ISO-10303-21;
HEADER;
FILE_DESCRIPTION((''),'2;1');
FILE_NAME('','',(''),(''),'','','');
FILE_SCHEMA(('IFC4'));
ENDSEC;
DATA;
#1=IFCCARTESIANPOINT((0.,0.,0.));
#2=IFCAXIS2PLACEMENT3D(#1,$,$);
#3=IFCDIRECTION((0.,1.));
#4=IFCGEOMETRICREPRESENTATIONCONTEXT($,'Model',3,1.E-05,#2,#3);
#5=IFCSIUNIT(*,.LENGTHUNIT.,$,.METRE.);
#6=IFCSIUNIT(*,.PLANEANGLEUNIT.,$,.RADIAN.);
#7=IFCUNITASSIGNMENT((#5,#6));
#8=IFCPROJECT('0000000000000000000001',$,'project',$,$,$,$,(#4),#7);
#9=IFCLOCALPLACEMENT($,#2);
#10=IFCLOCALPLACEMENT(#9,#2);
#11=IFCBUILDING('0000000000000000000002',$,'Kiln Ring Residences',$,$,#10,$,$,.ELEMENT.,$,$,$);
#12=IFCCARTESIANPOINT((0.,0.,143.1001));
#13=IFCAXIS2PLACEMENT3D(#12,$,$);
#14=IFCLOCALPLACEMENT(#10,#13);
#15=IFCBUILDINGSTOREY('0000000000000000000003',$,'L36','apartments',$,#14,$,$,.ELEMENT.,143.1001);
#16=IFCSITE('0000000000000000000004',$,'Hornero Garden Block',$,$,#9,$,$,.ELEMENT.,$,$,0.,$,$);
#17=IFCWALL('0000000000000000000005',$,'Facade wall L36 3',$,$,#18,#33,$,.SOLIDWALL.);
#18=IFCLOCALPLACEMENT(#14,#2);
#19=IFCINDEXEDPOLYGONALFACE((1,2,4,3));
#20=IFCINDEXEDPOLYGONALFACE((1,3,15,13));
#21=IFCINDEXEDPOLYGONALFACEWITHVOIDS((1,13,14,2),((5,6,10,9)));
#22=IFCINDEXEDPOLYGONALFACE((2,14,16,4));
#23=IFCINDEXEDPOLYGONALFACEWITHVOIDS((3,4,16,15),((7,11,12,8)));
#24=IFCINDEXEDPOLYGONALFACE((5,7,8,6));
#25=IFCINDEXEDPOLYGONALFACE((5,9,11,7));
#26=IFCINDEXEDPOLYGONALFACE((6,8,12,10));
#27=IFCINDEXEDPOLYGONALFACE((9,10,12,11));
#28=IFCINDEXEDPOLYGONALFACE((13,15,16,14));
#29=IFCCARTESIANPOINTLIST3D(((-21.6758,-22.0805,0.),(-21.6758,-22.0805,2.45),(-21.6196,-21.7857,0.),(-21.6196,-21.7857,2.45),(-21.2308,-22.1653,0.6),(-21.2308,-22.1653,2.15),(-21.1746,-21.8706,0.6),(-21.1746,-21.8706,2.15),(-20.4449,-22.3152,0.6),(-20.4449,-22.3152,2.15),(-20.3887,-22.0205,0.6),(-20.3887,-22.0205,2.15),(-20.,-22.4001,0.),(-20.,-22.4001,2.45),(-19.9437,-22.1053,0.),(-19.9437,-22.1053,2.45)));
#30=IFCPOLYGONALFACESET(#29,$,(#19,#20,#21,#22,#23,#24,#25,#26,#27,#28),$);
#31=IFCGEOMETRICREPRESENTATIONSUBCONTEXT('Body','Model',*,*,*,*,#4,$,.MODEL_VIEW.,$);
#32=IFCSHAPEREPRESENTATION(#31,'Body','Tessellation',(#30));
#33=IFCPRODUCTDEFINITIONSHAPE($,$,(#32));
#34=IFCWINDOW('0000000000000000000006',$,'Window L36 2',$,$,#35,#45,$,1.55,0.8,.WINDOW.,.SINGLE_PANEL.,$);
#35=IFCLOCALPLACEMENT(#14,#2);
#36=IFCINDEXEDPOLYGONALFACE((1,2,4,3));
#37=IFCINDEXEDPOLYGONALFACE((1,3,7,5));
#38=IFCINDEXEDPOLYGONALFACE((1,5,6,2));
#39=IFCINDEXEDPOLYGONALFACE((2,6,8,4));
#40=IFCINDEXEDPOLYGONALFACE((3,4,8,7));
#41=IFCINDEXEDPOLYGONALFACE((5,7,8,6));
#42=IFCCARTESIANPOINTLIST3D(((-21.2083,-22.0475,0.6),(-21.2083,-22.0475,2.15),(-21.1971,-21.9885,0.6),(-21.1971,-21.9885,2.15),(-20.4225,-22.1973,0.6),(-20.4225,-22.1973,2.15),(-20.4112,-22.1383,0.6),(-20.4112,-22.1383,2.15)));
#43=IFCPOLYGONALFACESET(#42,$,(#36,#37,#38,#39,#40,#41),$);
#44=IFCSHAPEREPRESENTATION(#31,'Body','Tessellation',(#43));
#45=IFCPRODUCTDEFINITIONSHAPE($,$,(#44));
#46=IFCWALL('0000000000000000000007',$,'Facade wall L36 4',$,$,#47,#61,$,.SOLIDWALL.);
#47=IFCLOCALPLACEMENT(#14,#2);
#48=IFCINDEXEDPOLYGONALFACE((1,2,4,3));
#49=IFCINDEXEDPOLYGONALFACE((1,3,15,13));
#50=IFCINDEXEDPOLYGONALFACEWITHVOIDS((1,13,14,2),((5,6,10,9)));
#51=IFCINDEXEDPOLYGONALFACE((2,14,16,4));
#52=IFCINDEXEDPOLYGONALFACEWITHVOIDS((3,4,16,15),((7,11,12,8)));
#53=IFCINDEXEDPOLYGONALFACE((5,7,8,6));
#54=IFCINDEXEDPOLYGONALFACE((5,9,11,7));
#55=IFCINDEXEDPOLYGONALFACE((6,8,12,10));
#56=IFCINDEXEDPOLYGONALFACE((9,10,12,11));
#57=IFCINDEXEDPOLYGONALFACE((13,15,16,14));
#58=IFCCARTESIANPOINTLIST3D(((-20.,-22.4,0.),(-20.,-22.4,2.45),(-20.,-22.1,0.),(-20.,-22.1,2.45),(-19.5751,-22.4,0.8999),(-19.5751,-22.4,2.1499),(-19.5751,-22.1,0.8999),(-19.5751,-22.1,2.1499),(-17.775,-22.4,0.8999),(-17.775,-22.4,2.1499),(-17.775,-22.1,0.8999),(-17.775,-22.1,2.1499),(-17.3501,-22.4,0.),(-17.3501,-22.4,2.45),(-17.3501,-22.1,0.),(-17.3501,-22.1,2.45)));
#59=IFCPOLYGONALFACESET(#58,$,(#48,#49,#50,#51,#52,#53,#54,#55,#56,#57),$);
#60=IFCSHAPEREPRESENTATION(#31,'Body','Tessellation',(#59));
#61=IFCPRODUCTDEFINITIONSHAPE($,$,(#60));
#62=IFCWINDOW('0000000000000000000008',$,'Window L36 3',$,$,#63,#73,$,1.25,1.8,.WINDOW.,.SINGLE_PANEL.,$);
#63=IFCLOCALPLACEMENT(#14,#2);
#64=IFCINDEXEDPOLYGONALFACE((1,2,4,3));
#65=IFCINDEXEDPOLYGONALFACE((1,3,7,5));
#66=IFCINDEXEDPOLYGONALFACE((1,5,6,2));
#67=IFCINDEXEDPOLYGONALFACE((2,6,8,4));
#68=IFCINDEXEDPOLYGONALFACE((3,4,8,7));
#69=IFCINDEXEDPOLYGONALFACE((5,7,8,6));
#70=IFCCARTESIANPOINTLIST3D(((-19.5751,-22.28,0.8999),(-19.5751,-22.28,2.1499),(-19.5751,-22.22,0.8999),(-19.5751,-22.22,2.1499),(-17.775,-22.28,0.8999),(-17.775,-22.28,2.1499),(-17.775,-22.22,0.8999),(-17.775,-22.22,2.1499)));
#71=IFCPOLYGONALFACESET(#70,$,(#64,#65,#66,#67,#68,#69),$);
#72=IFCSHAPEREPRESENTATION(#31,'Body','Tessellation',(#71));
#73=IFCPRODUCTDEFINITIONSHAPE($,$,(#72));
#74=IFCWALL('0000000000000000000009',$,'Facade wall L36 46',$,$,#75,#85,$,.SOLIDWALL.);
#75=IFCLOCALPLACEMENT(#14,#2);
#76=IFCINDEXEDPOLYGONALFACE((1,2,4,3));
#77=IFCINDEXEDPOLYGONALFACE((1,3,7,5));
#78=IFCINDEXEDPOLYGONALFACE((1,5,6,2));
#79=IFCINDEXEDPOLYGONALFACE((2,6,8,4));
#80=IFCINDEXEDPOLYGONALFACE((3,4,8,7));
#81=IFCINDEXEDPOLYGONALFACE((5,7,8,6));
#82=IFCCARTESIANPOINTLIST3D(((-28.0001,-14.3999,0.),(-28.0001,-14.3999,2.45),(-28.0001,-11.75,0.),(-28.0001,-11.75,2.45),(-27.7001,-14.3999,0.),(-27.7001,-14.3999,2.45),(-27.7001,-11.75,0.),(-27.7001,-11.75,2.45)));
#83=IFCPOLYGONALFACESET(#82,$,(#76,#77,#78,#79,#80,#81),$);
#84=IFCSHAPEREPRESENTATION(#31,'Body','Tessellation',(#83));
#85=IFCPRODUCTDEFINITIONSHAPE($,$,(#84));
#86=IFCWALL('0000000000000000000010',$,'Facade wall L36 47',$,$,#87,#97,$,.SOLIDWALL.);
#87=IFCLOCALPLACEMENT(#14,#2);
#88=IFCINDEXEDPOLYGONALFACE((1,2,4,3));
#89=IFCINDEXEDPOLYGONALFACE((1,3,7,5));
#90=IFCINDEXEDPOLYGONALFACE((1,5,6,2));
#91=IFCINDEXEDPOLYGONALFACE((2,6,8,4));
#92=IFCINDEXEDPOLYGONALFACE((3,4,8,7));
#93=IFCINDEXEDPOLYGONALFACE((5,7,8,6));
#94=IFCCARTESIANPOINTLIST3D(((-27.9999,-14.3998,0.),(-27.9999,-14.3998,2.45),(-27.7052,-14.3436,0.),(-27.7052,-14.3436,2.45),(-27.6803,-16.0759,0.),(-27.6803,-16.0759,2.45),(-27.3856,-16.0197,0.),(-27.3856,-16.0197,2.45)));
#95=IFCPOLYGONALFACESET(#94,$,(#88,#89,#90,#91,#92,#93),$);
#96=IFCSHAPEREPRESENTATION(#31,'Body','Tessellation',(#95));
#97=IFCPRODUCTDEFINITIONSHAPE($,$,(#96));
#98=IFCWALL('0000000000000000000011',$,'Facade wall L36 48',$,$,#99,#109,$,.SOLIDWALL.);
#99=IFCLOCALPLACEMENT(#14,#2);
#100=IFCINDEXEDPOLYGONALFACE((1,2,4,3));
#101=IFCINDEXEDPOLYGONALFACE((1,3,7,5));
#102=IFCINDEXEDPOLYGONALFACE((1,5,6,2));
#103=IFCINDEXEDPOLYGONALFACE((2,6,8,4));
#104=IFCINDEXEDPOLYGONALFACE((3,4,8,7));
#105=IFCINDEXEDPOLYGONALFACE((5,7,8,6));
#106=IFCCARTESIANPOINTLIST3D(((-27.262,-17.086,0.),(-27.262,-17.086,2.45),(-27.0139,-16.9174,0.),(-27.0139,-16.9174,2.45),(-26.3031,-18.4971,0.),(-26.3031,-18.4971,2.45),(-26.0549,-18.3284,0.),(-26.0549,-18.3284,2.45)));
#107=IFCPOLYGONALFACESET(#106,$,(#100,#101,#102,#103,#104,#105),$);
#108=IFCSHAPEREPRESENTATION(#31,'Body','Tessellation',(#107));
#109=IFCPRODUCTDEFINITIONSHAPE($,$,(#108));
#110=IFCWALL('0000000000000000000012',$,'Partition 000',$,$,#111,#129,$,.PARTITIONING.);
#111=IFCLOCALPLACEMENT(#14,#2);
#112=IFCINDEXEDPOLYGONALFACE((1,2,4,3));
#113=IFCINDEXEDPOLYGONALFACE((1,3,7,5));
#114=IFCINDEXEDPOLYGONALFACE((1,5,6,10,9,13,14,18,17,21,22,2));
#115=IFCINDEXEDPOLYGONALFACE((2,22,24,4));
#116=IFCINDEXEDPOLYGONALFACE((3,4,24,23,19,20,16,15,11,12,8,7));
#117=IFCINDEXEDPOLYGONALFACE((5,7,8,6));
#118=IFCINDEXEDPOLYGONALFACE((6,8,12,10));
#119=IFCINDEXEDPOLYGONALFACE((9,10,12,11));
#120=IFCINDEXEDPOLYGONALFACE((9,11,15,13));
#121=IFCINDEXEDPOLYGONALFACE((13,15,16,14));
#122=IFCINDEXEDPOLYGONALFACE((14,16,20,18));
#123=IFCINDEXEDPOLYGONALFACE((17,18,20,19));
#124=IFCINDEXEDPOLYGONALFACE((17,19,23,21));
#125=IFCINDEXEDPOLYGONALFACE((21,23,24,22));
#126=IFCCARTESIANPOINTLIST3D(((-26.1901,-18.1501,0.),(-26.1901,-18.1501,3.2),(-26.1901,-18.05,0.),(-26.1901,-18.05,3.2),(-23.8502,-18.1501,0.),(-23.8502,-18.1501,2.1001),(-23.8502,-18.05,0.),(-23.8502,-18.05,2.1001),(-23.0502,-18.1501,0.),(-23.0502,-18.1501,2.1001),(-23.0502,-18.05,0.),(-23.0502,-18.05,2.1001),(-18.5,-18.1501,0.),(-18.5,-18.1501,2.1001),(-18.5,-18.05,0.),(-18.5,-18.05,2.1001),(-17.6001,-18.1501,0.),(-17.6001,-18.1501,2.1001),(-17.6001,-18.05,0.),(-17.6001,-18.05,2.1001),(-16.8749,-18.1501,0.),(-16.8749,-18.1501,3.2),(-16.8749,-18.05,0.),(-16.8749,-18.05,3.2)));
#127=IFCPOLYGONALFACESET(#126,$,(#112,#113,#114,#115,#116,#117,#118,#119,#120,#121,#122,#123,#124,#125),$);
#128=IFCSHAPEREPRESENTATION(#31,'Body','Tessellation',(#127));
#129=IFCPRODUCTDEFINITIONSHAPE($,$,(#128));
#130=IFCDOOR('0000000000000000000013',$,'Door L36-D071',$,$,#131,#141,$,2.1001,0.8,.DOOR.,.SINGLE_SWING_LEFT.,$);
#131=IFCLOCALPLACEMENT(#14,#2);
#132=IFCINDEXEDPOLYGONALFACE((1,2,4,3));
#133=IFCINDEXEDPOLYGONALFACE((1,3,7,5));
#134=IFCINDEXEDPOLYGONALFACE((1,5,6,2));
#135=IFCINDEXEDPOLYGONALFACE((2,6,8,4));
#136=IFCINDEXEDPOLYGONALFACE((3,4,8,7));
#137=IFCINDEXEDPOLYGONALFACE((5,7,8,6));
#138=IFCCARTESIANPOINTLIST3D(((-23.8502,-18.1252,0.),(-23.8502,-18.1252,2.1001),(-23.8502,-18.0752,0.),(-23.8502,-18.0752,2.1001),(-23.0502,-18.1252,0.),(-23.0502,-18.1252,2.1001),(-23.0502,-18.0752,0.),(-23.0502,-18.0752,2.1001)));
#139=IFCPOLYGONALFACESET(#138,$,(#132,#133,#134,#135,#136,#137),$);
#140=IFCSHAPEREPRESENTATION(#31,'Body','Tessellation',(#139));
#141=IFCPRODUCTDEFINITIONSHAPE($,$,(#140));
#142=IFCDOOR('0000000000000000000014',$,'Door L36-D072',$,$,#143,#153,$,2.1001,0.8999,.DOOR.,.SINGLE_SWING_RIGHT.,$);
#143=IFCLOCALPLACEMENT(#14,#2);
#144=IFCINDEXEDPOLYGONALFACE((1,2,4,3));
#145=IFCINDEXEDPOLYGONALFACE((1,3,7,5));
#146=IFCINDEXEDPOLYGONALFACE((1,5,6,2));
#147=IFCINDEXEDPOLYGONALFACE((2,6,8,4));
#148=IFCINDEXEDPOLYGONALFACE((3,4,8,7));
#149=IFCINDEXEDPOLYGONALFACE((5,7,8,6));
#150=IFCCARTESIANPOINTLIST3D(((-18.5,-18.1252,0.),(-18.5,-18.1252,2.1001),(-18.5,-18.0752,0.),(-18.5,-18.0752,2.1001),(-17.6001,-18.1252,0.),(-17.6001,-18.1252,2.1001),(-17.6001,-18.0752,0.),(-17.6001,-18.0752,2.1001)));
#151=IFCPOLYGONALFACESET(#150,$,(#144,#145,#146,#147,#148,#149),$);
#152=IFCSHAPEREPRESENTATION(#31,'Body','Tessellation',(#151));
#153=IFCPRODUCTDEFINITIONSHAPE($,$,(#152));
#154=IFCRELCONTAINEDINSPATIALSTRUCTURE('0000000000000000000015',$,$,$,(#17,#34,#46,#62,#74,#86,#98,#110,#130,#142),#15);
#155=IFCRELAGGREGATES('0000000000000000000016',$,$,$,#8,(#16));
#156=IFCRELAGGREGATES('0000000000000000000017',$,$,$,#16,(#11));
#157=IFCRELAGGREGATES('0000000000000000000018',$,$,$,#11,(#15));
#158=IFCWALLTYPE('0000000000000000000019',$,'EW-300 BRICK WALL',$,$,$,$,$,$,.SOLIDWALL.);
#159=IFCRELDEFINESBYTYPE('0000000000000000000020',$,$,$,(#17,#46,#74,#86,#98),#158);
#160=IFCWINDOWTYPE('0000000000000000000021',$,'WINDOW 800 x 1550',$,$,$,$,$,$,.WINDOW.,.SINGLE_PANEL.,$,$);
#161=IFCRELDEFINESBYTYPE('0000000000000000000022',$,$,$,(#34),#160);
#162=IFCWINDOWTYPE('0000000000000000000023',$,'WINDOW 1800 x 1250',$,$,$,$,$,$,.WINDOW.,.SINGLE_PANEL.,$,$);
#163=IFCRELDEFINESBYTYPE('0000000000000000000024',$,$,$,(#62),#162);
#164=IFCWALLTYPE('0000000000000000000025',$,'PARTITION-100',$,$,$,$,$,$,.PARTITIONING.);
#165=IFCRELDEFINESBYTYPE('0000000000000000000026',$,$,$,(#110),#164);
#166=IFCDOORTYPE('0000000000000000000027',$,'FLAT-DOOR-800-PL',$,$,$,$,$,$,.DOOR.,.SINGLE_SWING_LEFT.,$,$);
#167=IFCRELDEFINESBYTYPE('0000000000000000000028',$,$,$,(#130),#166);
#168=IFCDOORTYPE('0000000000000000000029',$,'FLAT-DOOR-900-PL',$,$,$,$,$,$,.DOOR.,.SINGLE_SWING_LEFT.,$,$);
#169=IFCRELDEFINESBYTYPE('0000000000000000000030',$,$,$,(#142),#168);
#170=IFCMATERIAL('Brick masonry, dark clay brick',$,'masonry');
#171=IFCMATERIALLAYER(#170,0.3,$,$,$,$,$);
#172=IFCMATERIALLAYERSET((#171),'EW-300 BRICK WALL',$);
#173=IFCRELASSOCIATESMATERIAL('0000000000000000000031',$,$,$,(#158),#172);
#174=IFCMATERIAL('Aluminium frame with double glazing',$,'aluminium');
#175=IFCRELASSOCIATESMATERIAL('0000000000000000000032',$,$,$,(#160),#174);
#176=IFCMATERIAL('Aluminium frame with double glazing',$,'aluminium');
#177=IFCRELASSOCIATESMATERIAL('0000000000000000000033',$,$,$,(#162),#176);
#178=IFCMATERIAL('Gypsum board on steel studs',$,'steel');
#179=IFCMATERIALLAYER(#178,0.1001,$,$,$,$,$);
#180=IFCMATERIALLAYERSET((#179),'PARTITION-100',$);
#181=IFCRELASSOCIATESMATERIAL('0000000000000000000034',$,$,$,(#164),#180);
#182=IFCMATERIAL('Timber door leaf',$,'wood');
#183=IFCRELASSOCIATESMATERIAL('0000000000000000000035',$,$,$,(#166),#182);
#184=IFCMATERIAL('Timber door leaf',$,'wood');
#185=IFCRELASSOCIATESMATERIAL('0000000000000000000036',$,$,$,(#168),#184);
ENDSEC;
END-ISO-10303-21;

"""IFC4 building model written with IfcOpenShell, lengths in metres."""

from ifc_helpers import new_model, si_unit, direction, frame, frame_2d, origin, place, context, subcontext, project, spatial, rectangle, extrude, material, layer, layer_set, type_object, element, fill, save


model = new_model("IFC4")

# Units and contexts
model_context = context("Model", 3, precision=1e-05, world=origin(), true_north=direction((0.0, 1.0)))
body_context = subcontext(model_context, "Body", "Model", "MODEL_VIEW")
ifc_project = project(units=[si_unit("LENGTHUNIT", "METRE"), si_unit("PLANEANGLEUNIT", "RADIAN")], contexts=[model_context])

# Site, building, storey
site_placement = place(None, origin())
site = spatial("IfcSite", under=ifc_project, at=site_placement, Name="Hornero Garden Block", CompositionType="ELEMENT", RefElevation=0.0)
building_placement = place(site_placement, origin())
building = spatial("IfcBuilding", under=site, at=building_placement, Name="Kiln Ring Residences", CompositionType="ELEMENT")
storey_placement = place(building_placement, frame((0.0, 0.0, 143.1001)))
storey = spatial("IfcBuildingStorey", under=building, at=storey_placement, Name="L36", Description="apartments", CompositionType="ELEMENT", Elevation=143.1001)

# Shared definitions
ifc_material_1 = material(Name="Brick masonry, dark clay brick", Category="masonry")
ifc_layer_1 = layer(ifc_material_1, 0.3)
ifc_layer_set_1 = layer_set([ifc_layer_1], Name="EW-300 BRICK WALL")
wall_type_1 = type_object("IfcWallType", Name="EW-300 BRICK WALL", PredefinedType="SOLIDWALL", material=ifc_layer_set_1)

# Walls, openings, windows
wall_1_placement = place(storey_placement, frame((-21.6477, -21.9331, 0.0), z_axis=(0.0, 0.0, 1.0), x_axis=(0.982297, -0.187329, 0.0)))
wall_1 = element("IfcWall", 1, at=wall_1_placement, inside=storey, type_object=wall_type_1, Name="Facade wall L36 3", PredefinedType="SOLIDWALL", context=body_context, shape_type="SweptSolid", body=[
    extrude(rectangle(XDim=1.7061, YDim=0.3, at=frame_2d((0.853, 0.0))), origin(), (0.0, 0.0, 1.0), 2.45),
])
opening_1_placement = place(wall_1_placement, frame((0.4531, 0.0, 0.6001)))
opening_1 = element("IfcOpeningElement", 2, at=opening_1_placement, cuts=wall_1, PredefinedType="OPENING", context=body_context, shape_type="SweptSolid", body=[
    extrude(rectangle(XDim=0.8, YDim=1.55, at=frame_2d((0.3999, 0.7749))), frame((0.0, 0.1599, 0.0), z_axis=(0.0, -1.0, 0.0), x_axis=(1.0, 0.0, 0.0)), (0.0, 0.0, 1.0), 0.3201),
])
ifc_material_2 = material(Name="Aluminium frame with double glazing", Category="aluminium")
window_type_1 = type_object("IfcWindowType", Name="WINDOW 800 x 1550", PartitioningType="SINGLE_PANEL", PredefinedType="WINDOW", material=ifc_material_2)
window_1_placement = place(opening_1_placement, origin())
window_1 = element("IfcWindow", 3, at=window_1_placement, inside=storey, type_object=window_type_1, Name="Window L36 2", OverallHeight=1.55, OverallWidth=0.8, PartitioningType="SINGLE_PANEL", PredefinedType="WINDOW", context=body_context, shape_type="SweptSolid", body=[
    extrude(rectangle(XDim=0.8, YDim=1.55, at=frame_2d((0.3999, 0.7749))), frame((0.0, 0.03, 0.0), z_axis=(0.0, -1.0, 0.0), x_axis=(1.0, 0.0, 0.0)), (0.0, 0.0, 1.0), 0.0601),
])
fill(opening_1, window_1)
wall_2_placement = place(storey_placement, frame((-20.0, -22.25, 0.0), z_axis=(0.0, 0.0, 1.0), x_axis=(1.0, 0.0, 0.0)))
wall_2 = element("IfcWall", 4, at=wall_2_placement, inside=storey, type_object=wall_type_1, Name="Facade wall L36 4", PredefinedType="SOLIDWALL", context=body_context, shape_type="SweptSolid", body=[
    extrude(rectangle(XDim=2.6499, YDim=0.3, at=frame_2d((1.325, 0.0))), origin(), (0.0, 0.0, 1.0), 2.45),
])
opening_2_placement = place(wall_2_placement, frame((0.425, 0.0, 0.8999)))
opening_2 = element("IfcOpeningElement", 5, at=opening_2_placement, cuts=wall_2, PredefinedType="OPENING", context=body_context, shape_type="SweptSolid", body=[
    extrude(rectangle(XDim=1.8, YDim=1.25, at=frame_2d((0.8999, 0.625))), frame((0.0, 0.1599, 0.0), z_axis=(0.0, -1.0, 0.0), x_axis=(1.0, 0.0, 0.0)), (0.0, 0.0, 1.0), 0.3201),
])
ifc_material_3 = material(Name="Aluminium frame with double glazing", Category="aluminium")
window_type_2 = type_object("IfcWindowType", Name="WINDOW 1800 x 1250", PartitioningType="SINGLE_PANEL", PredefinedType="WINDOW", material=ifc_material_3)
window_2_placement = place(opening_2_placement, origin())
window_2 = element("IfcWindow", 6, at=window_2_placement, inside=storey, type_object=window_type_2, Name="Window L36 3", OverallHeight=1.25, OverallWidth=1.8, PartitioningType="SINGLE_PANEL", PredefinedType="WINDOW", context=body_context, shape_type="SweptSolid", body=[
    extrude(rectangle(XDim=1.8, YDim=1.25, at=frame_2d((0.8999, 0.625))), frame((0.0, 0.03, 0.0), z_axis=(0.0, -1.0, 0.0), x_axis=(1.0, 0.0, 0.0)), (0.0, 0.0, 1.0), 0.0601),
])
fill(opening_2, window_2)

# Walls
wall_3_placement = place(storey_placement, frame((-27.8501, -11.75, 0.0), z_axis=(0.0, 0.0, 1.0), x_axis=(0.0, -1.0, 0.0)))
element("IfcWall", 7, at=wall_3_placement, inside=storey, type_object=wall_type_1, Name="Facade wall L36 46", PredefinedType="SOLIDWALL", context=body_context, shape_type="SweptSolid", body=[
    extrude(rectangle(XDim=2.6499, YDim=0.3, at=frame_2d((1.325, 0.0))), origin(), (0.0, 0.0, 1.0), 2.45),
])
wall_4_placement = place(storey_placement, frame((-27.8525, -14.3718, 0.0), z_axis=(0.0, 0.0, 1.0), x_axis=(0.187303, -0.982302, 0.0)))
element("IfcWall", 8, at=wall_4_placement, inside=storey, type_object=wall_type_1, Name="Facade wall L36 47", PredefinedType="SOLIDWALL", context=body_context, shape_type="SweptSolid", body=[
    extrude(rectangle(XDim=1.7063, YDim=0.3, at=frame_2d((0.853, 0.0))), origin(), (0.0, 0.0, 1.0), 2.45),
])
wall_5_placement = place(storey_placement, frame((-27.1379, -17.0017, 0.0), z_axis=(0.0, 0.0, 1.0), x_axis=(0.562075, -0.827086, 0.0)))
element("IfcWall", 9, at=wall_5_placement, inside=storey, type_object=wall_type_1, Name="Facade wall L36 48", PredefinedType="SOLIDWALL", context=body_context, shape_type="SweptSolid", body=[
    extrude(rectangle(XDim=1.7061, YDim=0.3, at=frame_2d((0.853, 0.0))), origin(), (0.0, 0.0, 1.0), 2.45),
])

# Wall, openings, doors
ifc_material_4 = material(Name="Gypsum board on steel studs", Category="steel")
ifc_layer_2 = layer(ifc_material_4, 0.1001)
ifc_layer_set_2 = layer_set([ifc_layer_2], Name="PARTITION-100")
wall_type_2 = type_object("IfcWallType", Name="PARTITION-100", PredefinedType="PARTITIONING", material=ifc_layer_set_2)
wall_6_placement = place(storey_placement, frame((-26.1902, -18.1001, 0.0), z_axis=(0.0, 0.0, 1.0), x_axis=(1.0, 0.0, 0.0)))
wall_6 = element("IfcWall", 10, at=wall_6_placement, inside=storey, type_object=wall_type_2, Name="Partition 000", PredefinedType="PARTITIONING", context=body_context, shape_type="SweptSolid", body=[
    extrude(rectangle(XDim=9.3152, YDim=0.1001, at=frame_2d((4.6577, 0.0))), origin(), (0.0, 0.0, 1.0), 3.2),
])
opening_3_placement = place(wall_6_placement, frame((2.3401, 0.0, 0.0)))
opening_3 = element("IfcOpeningElement", 11, at=opening_3_placement, cuts=wall_6, PredefinedType="OPENING", context=body_context, shape_type="SweptSolid", body=[
    extrude(rectangle(XDim=0.8, YDim=2.1001, at=frame_2d((0.3999, 1.05))), frame((0.0, 0.0601, 0.0), z_axis=(0.0, -1.0, 0.0), x_axis=(1.0, 0.0, 0.0)), (0.0, 0.0, 1.0), 0.1201),
])
opening_4_placement = place(wall_6_placement, frame((7.6902, 0.0, 0.0)))
opening_4 = element("IfcOpeningElement", 12, at=opening_4_placement, cuts=wall_6, PredefinedType="OPENING", context=body_context, shape_type="SweptSolid", body=[
    extrude(rectangle(XDim=0.8999, YDim=2.1001, at=frame_2d((0.45, 1.05))), frame((0.0, 0.0601, 0.0), z_axis=(0.0, -1.0, 0.0), x_axis=(1.0, 0.0, 0.0)), (0.0, 0.0, 1.0), 0.1201),
])
ifc_material_5 = material(Name="Timber door leaf", Category="wood")
door_type_1 = type_object("IfcDoorType", Name="FLAT-DOOR-800-PL", OperationType="SINGLE_SWING_LEFT", PredefinedType="DOOR", material=ifc_material_5)
door_1_placement = place(opening_3_placement, origin())
door_1 = element("IfcDoor", 13, at=door_1_placement, inside=storey, type_object=door_type_1, Name="Door L36-D071", OperationType="SINGLE_SWING_LEFT", OverallHeight=2.1001, OverallWidth=0.8, PredefinedType="DOOR", context=body_context, shape_type="SweptSolid", body=[
    extrude(rectangle(XDim=0.8, YDim=2.1001, at=frame_2d((0.3999, 1.05))), frame((0.0, 0.0249, 0.0), z_axis=(0.0, -1.0, 0.0), x_axis=(1.0, 0.0, 0.0)), (0.0, 0.0, 1.0), 0.05),
])
fill(opening_3, door_1)
ifc_material_6 = material(Name="Timber door leaf", Category="wood")
door_type_2 = type_object("IfcDoorType", Name="FLAT-DOOR-900-PL", OperationType="SINGLE_SWING_LEFT", PredefinedType="DOOR", material=ifc_material_6)
door_2_placement = place(opening_4_placement, origin())
door_2 = element("IfcDoor", 14, at=door_2_placement, inside=storey, type_object=door_type_2, Name="Door L36-D072", OperationType="SINGLE_SWING_RIGHT", OverallHeight=2.1001, OverallWidth=0.8999, PredefinedType="DOOR", context=body_context, shape_type="SweptSolid", body=[
    extrude(rectangle(XDim=0.8999, YDim=2.1001, at=frame_2d((0.45, 1.05))), frame((0.0, 0.0249, 0.0), z_axis=(0.0, -1.0, 0.0), x_axis=(1.0, 0.0, 0.0)), (0.0, 0.0, 1.0), 0.05),
])
fill(opening_4, door_2)

save(model, "model.ifc")
